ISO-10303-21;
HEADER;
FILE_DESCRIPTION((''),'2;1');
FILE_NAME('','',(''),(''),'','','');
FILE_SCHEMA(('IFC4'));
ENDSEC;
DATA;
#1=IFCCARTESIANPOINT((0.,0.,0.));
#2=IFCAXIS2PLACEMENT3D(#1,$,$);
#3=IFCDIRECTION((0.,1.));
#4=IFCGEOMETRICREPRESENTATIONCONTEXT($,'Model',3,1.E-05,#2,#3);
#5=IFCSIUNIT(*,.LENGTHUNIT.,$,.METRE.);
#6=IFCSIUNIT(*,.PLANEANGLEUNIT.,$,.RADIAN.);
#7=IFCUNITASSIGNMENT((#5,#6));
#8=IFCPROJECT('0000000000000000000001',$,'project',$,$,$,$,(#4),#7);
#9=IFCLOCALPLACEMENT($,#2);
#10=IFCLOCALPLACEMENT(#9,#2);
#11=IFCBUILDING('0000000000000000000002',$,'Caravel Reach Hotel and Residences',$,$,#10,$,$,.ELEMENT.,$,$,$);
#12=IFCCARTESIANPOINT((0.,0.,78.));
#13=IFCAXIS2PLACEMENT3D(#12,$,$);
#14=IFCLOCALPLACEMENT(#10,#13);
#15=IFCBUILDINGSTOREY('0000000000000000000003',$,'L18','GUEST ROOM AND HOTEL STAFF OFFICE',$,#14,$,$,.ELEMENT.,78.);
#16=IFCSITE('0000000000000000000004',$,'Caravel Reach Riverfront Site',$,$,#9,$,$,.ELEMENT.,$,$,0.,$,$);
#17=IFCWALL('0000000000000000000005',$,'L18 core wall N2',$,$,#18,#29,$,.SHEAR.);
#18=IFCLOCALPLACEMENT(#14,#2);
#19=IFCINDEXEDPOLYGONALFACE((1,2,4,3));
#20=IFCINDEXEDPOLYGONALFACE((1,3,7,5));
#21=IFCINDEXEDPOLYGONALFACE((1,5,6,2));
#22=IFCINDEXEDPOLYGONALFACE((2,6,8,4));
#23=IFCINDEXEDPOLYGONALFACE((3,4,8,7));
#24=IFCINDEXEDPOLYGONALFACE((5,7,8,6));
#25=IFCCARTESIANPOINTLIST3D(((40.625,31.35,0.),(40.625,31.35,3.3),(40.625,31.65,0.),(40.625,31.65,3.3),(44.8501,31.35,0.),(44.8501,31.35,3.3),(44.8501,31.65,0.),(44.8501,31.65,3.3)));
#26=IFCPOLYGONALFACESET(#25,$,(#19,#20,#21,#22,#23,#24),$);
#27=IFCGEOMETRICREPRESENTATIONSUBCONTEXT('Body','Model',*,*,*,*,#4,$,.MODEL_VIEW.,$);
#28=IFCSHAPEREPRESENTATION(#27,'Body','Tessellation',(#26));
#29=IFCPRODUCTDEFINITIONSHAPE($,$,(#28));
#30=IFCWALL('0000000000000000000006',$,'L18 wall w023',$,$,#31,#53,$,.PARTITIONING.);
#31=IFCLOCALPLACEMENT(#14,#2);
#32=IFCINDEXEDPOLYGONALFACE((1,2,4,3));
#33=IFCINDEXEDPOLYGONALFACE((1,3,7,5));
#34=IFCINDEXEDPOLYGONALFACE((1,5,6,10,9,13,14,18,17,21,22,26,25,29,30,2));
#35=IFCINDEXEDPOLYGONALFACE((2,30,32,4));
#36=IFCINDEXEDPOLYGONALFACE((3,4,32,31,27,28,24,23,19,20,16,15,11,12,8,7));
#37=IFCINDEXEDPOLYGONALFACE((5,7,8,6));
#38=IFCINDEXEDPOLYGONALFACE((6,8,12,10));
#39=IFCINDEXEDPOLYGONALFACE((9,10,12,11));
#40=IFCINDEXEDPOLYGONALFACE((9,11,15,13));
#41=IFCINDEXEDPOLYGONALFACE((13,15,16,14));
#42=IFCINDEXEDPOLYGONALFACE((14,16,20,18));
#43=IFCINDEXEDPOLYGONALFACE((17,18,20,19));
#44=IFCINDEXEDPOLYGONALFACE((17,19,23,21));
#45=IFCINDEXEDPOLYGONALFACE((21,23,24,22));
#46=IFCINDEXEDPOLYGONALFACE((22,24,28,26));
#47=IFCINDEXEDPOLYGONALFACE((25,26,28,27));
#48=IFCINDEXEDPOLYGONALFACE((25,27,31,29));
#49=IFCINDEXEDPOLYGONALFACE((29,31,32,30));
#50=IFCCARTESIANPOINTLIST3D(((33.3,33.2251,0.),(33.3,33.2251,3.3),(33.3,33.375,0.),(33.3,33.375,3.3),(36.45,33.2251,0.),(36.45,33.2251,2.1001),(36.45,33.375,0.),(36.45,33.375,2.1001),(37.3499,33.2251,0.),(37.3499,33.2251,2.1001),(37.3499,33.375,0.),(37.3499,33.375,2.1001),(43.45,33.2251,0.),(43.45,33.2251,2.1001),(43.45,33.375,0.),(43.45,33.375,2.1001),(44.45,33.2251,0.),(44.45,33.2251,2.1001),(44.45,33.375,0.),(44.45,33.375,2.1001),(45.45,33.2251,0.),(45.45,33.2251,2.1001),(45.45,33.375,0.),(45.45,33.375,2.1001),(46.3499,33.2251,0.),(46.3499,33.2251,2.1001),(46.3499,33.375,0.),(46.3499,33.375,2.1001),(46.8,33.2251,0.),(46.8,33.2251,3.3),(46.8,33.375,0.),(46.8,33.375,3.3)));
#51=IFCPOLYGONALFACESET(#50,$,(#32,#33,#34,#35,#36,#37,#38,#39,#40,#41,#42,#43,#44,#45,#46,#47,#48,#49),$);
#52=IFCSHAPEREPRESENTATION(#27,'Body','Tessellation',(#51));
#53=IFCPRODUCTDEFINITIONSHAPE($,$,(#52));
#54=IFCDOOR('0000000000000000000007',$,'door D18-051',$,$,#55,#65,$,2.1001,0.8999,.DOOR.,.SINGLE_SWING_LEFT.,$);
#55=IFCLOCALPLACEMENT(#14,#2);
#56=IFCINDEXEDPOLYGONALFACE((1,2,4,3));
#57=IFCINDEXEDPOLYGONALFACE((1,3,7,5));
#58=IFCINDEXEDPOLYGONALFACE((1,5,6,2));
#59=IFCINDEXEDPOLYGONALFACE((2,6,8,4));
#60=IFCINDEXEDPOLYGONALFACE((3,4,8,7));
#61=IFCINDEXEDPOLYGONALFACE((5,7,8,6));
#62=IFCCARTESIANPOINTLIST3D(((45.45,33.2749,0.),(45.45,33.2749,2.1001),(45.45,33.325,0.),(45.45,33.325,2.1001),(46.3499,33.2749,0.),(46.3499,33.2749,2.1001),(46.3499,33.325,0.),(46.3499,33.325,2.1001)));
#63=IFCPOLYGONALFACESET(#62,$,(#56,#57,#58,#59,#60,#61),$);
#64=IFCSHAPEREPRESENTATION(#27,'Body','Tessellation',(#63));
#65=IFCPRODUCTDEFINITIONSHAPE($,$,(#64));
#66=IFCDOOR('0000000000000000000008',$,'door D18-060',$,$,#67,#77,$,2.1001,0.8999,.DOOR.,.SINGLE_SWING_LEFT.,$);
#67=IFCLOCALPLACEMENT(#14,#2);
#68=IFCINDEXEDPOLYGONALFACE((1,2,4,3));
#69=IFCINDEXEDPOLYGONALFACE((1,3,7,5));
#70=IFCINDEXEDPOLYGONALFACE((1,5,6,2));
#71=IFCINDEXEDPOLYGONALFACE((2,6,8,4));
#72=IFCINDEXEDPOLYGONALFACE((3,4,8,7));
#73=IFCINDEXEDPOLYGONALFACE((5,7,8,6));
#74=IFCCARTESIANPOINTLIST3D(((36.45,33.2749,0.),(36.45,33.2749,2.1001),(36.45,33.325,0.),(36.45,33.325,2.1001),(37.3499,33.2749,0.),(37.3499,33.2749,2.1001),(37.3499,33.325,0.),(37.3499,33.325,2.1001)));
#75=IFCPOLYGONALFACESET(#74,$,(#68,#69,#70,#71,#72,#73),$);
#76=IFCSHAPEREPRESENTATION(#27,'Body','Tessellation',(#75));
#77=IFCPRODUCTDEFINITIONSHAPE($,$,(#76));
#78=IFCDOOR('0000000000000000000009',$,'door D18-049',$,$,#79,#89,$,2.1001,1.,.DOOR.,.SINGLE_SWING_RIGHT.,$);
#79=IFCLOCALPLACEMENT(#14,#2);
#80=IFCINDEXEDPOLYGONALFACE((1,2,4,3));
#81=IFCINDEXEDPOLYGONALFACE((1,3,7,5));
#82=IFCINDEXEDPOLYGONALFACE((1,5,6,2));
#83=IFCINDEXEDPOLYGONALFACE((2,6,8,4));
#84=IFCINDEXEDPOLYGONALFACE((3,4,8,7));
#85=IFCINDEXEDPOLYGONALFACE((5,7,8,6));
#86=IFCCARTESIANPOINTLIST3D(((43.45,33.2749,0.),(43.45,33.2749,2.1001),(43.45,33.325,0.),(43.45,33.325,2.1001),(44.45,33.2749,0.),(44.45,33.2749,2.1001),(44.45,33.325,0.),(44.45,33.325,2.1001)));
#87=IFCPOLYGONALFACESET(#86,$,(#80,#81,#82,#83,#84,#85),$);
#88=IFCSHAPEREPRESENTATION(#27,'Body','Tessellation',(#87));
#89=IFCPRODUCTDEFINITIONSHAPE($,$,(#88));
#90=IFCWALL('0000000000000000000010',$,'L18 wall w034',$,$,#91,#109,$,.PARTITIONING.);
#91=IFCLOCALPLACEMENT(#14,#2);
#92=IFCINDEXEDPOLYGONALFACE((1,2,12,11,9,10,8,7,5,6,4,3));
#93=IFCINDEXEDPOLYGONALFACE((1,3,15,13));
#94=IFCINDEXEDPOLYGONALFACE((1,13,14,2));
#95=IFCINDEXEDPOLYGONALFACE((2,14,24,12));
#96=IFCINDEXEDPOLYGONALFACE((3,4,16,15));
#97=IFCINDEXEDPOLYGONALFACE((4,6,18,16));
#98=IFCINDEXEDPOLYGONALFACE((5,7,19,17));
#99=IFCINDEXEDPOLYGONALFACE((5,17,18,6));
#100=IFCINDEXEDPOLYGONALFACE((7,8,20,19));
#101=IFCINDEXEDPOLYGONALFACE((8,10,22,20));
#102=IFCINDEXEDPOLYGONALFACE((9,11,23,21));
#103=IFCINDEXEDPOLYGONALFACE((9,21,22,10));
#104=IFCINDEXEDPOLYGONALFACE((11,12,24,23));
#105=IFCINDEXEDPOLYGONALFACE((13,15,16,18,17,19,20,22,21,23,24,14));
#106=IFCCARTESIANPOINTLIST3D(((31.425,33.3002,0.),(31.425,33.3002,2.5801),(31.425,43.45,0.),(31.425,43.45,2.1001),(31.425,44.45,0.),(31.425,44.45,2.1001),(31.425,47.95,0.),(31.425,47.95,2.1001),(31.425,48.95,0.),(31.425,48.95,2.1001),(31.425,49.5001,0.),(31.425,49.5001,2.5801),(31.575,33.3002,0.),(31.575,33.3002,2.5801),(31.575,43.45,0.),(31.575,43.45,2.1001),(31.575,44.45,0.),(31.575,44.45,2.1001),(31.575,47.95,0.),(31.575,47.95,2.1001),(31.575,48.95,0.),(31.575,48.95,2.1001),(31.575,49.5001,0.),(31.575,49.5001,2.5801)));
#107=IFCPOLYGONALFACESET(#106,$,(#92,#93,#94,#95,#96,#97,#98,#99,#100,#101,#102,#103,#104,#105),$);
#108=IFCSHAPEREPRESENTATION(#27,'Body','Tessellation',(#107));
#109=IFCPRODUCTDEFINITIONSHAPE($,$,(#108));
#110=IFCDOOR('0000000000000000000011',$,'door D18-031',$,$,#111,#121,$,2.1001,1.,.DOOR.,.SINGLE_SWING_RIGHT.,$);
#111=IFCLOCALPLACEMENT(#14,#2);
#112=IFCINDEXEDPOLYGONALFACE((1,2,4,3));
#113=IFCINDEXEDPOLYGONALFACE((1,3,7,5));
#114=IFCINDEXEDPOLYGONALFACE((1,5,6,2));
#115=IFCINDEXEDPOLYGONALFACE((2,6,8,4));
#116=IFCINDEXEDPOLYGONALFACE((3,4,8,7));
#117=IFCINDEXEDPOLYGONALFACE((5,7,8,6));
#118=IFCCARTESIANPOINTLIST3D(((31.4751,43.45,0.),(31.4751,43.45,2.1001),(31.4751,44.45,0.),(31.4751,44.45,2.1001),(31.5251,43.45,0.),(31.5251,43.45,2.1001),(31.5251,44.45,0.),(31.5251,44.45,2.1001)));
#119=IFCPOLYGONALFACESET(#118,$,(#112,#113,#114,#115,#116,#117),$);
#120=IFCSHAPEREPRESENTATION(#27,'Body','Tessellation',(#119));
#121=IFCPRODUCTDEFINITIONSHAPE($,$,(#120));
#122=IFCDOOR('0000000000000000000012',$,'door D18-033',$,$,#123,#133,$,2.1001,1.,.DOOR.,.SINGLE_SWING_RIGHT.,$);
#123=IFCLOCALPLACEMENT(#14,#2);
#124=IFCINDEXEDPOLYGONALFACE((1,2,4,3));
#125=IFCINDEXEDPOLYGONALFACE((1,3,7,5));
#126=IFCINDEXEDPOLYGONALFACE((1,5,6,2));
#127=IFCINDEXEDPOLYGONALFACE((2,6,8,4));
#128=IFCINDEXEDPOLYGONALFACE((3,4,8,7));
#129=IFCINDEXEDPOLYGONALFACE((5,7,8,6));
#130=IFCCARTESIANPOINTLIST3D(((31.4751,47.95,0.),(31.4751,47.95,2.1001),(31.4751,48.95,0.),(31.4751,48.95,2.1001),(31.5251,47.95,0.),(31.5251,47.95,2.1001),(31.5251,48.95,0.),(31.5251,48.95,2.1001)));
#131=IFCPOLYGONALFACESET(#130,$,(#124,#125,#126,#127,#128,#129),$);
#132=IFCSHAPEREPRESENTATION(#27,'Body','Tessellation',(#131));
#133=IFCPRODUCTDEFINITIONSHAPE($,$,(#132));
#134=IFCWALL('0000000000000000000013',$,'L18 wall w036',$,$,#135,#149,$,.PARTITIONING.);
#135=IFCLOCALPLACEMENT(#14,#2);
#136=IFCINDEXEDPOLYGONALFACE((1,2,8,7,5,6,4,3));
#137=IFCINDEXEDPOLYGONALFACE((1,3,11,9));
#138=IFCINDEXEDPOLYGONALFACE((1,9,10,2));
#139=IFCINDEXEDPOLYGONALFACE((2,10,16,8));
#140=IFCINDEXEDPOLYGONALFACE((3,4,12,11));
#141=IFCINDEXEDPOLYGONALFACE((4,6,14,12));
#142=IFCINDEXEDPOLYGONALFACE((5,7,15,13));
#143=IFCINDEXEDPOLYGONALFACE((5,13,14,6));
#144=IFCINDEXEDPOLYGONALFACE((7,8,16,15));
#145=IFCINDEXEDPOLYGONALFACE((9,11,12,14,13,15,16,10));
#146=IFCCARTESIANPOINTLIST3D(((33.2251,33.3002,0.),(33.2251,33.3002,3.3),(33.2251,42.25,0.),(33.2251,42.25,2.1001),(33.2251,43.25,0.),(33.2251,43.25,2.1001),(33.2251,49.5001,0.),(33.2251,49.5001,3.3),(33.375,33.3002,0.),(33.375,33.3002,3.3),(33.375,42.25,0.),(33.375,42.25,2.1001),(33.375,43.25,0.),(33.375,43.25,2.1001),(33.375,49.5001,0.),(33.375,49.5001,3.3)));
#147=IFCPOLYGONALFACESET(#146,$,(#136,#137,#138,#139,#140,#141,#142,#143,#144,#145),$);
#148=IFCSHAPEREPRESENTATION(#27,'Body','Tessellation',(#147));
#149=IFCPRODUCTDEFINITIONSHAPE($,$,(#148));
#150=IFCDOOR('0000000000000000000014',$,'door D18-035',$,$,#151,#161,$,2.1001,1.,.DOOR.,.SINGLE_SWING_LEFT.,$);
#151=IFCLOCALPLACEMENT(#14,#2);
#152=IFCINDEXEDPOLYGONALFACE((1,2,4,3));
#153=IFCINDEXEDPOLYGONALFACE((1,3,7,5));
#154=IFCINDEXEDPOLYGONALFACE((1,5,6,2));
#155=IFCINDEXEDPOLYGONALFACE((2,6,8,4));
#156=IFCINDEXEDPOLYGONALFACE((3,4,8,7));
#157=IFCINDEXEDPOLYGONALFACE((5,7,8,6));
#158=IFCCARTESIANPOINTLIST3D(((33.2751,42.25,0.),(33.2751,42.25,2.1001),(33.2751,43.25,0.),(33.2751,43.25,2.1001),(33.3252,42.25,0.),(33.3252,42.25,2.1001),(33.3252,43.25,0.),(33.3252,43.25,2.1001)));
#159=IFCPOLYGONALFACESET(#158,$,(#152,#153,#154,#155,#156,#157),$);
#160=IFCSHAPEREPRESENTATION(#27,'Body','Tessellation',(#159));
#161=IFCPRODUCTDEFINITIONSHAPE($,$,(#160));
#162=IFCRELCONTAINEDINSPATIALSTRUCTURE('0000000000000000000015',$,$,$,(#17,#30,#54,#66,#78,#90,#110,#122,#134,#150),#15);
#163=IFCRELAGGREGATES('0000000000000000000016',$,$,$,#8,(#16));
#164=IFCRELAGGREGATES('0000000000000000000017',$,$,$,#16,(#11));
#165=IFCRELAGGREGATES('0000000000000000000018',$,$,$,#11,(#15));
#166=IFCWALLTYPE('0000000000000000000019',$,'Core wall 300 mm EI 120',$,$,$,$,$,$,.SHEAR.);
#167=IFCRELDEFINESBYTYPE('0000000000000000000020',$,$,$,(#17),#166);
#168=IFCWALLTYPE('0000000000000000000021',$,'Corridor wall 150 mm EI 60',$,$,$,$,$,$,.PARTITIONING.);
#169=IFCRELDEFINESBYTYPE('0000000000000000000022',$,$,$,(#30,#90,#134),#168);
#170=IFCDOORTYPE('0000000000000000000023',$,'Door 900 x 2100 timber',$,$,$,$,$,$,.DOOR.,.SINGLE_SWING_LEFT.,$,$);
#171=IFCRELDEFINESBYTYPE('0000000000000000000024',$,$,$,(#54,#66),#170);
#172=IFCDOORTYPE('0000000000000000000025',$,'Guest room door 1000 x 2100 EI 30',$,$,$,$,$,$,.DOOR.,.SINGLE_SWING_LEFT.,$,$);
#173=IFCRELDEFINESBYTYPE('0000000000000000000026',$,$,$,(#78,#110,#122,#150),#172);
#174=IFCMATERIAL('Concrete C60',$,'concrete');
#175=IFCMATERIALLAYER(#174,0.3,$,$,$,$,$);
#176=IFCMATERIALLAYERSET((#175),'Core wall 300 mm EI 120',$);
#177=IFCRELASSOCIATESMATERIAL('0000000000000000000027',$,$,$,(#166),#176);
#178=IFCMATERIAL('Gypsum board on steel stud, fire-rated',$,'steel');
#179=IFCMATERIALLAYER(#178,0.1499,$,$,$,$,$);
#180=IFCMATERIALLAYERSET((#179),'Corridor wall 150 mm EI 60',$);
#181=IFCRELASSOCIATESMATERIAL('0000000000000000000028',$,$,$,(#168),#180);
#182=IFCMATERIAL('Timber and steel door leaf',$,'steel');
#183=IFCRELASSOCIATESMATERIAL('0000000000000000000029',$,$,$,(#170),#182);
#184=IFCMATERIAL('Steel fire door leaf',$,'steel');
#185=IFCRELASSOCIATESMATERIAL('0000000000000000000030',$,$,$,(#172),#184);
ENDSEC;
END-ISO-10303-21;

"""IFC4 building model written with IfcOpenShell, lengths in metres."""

from ifc_helpers import new_model, si_unit, direction, frame, frame_2d, origin, place, context, subcontext, project, spatial, rectangle, extrude, material, layer, layer_set, type_object, element, fill, save


model = new_model("IFC4")

# Units and contexts
model_context = context("Model", 3, precision=1e-05, world=origin(), true_north=direction((0.0, 1.0)))
body_context = subcontext(model_context, "Body", "Model", "MODEL_VIEW")
ifc_project = project(units=[si_unit("LENGTHUNIT", "METRE"), si_unit("PLANEANGLEUNIT", "RADIAN")], contexts=[model_context])

# Site, building, storey
site_placement = place(None, origin())
site = spatial("IfcSite", under=ifc_project, at=site_placement, Name="Caravel Reach Riverfront Site", CompositionType="ELEMENT", RefElevation=0.0)
building_placement = place(site_placement, origin())
building = spatial("IfcBuilding", under=site, at=building_placement, Name="Caravel Reach Hotel and Residences", CompositionType="ELEMENT")
storey_placement = place(building_placement, frame((0.0, 0.0, 78.0)))
storey = spatial("IfcBuildingStorey", under=building, at=storey_placement, Name="L18", Description="GUEST ROOM AND HOTEL STAFF OFFICE", CompositionType="ELEMENT", Elevation=78.0)

# Wall
ifc_material_1 = material(Name="Concrete C60", Category="concrete")
ifc_layer_1 = layer(ifc_material_1, 0.3)
ifc_layer_set_1 = layer_set([ifc_layer_1], Name="Core wall 300 mm EI 120")
wall_type_1 = type_object("IfcWallType", Name="Core wall 300 mm EI 120", PredefinedType="SHEAR", material=ifc_layer_set_1)
wall_1_placement = place(storey_placement, frame((40.625, 31.5, 0.0), z_axis=(0.0, 0.0, 1.0), x_axis=(1.0, 0.0, 0.0)))
element("IfcWall", 1, at=wall_1_placement, inside=storey, type_object=wall_type_1, Name="L18 core wall N2", PredefinedType="SHEAR", context=body_context, shape_type="SweptSolid", body=[
    extrude(rectangle(XDim=4.2251, YDim=0.3, at=frame_2d((2.1125, 0.0))), origin(), (0.0, 0.0, 1.0), 3.3),
])

# Walls, openings, doors
ifc_material_2 = material(Name="Gypsum board on steel stud, fire-rated", Category="steel")
ifc_layer_2 = layer(ifc_material_2, 0.1499)
ifc_layer_set_2 = layer_set([ifc_layer_2], Name="Corridor wall 150 mm EI 60")
wall_type_2 = type_object("IfcWallType", Name="Corridor wall 150 mm EI 60", PredefinedType="PARTITIONING", material=ifc_layer_set_2)
wall_2_placement = place(storey_placement, frame((33.3, 33.3, 0.0), z_axis=(0.0, 0.0, 1.0), x_axis=(1.0, 0.0, 0.0)))
wall_2 = element("IfcWall", 2, at=wall_2_placement, inside=storey, type_object=wall_type_2, Name="L18 wall w023", PredefinedType="PARTITIONING", context=body_context, shape_type="SweptSolid", body=[
    extrude(rectangle(XDim=13.5, YDim=0.1499, at=frame_2d((6.75, 0.0))), origin(), (0.0, 0.0, 1.0), 3.3),
])
opening_1_placement = place(wall_2_placement, frame((10.1499, 0.0, 0.0)))
opening_1 = element("IfcOpeningElement", 3, at=opening_1_placement, cuts=wall_2, PredefinedType="OPENING", context=body_context, shape_type="SweptSolid", body=[
    extrude(rectangle(XDim=1.0, YDim=2.1001, at=frame_2d((0.5, 1.05))), frame((0.0, 0.085, 0.0), z_axis=(0.0, -1.0, 0.0), x_axis=(1.0, 0.0, 0.0)), (0.0, 0.0, 1.0), 0.1699),
])
opening_2_placement = place(wall_2_placement, frame((12.1499, 0.0, 0.0)))
opening_2 = element("IfcOpeningElement", 4, at=opening_2_placement, cuts=wall_2, PredefinedType="OPENING", context=body_context, shape_type="SweptSolid", body=[
    extrude(rectangle(XDim=0.8999, YDim=2.1001, at=frame_2d((0.45, 1.05))), frame((0.0, 0.085, 0.0), z_axis=(0.0, -1.0, 0.0), x_axis=(1.0, 0.0, 0.0)), (0.0, 0.0, 1.0), 0.1699),
])
opening_3_placement = place(wall_2_placement, frame((3.1499, 0.0, 0.0)))
opening_3 = element("IfcOpeningElement", 5, at=opening_3_placement, cuts=wall_2, PredefinedType="OPENING", context=body_context, shape_type="SweptSolid", body=[
    extrude(rectangle(XDim=0.8999, YDim=2.1001, at=frame_2d((0.45, 1.05))), frame((0.0, 0.085, 0.0), z_axis=(0.0, -1.0, 0.0), x_axis=(1.0, 0.0, 0.0)), (0.0, 0.0, 1.0), 0.1699),
])
ifc_material_3 = material(Name="Timber and steel door leaf", Category="steel")
door_type_1 = type_object("IfcDoorType", Name="Door 900 x 2100 timber", OperationType="SINGLE_SWING_LEFT", PredefinedType="DOOR", material=ifc_material_3)
door_1_placement = place(opening_2_placement, origin())
door_1 = element("IfcDoor", 6, at=door_1_placement, inside=storey, type_object=door_type_1, Name="door D18-051", OperationType="SINGLE_SWING_LEFT", OverallHeight=2.1001, OverallWidth=0.8999, PredefinedType="DOOR", context=body_context, shape_type="SweptSolid", body=[
    extrude(rectangle(XDim=0.8999, YDim=2.1001, at=frame_2d((0.45, 1.05))), frame((0.0, 0.0249, 0.0), z_axis=(0.0, -1.0, 0.0), x_axis=(1.0, 0.0, 0.0)), (0.0, 0.0, 1.0), 0.05),
])
fill(opening_2, door_1)
door_2_placement = place(opening_3_placement, origin())
door_2 = element("IfcDoor", 7, at=door_2_placement, inside=storey, type_object=door_type_1, Name="door D18-060", OperationType="SINGLE_SWING_LEFT", OverallHeight=2.1001, OverallWidth=0.8999, PredefinedType="DOOR", context=body_context, shape_type="SweptSolid", body=[
    extrude(rectangle(XDim=0.8999, YDim=2.1001, at=frame_2d((0.45, 1.05))), frame((0.0, 0.0249, 0.0), z_axis=(0.0, -1.0, 0.0), x_axis=(1.0, 0.0, 0.0)), (0.0, 0.0, 1.0), 0.05),
])
fill(opening_3, door_2)
ifc_material_4 = material(Name="Steel fire door leaf", Category="steel")
door_type_2 = type_object("IfcDoorType", Name="Guest room door 1000 x 2100 EI 30", OperationType="SINGLE_SWING_LEFT", PredefinedType="DOOR", material=ifc_material_4)
door_3_placement = place(opening_1_placement, origin())
door_3 = element("IfcDoor", 8, at=door_3_placement, inside=storey, type_object=door_type_2, Name="door D18-049", OperationType="SINGLE_SWING_RIGHT", OverallHeight=2.1001, OverallWidth=1.0, PredefinedType="DOOR", context=body_context, shape_type="SweptSolid", body=[
    extrude(rectangle(XDim=1.0, YDim=2.1001, at=frame_2d((0.5, 1.05))), frame((0.0, 0.0249, 0.0), z_axis=(0.0, -1.0, 0.0), x_axis=(1.0, 0.0, 0.0)), (0.0, 0.0, 1.0), 0.05),
])
fill(opening_1, door_3)
wall_3_placement = place(storey_placement, frame((31.5, 33.3, 0.0), z_axis=(0.0, 0.0, 1.0), x_axis=(0.0, 1.0, 0.0)))
wall_3 = element("IfcWall", 9, at=wall_3_placement, inside=storey, type_object=wall_type_2, Name="L18 wall w034", PredefinedType="PARTITIONING", context=body_context, shape_type="SweptSolid", body=[
    extrude(rectangle(XDim=16.2, YDim=0.1499, at=frame_2d((8.1001, 0.0))), origin(), (0.0, 0.0, 1.0), 2.5801),
])
opening_4_placement = place(wall_3_placement, frame((10.1499, 0.0, 0.0)))
opening_4 = element("IfcOpeningElement", 10, at=opening_4_placement, cuts=wall_3, PredefinedType="OPENING", context=body_context, shape_type="SweptSolid", body=[
    extrude(rectangle(XDim=1.0, YDim=2.1001, at=frame_2d((0.5, 1.05))), frame((0.0, 0.085, 0.0), z_axis=(0.0, -1.0, 0.0), x_axis=(1.0, 0.0, 0.0)), (0.0, 0.0, 1.0), 0.1699),
])
opening_5_placement = place(wall_3_placement, frame((14.6499, 0.0, 0.0)))
opening_5 = element("IfcOpeningElement", 11, at=opening_5_placement, cuts=wall_3, PredefinedType="OPENING", context=body_context, shape_type="SweptSolid", body=[
    extrude(rectangle(XDim=1.0, YDim=2.1001, at=frame_2d((0.5, 1.05))), frame((0.0, 0.085, 0.0), z_axis=(0.0, -1.0, 0.0), x_axis=(1.0, 0.0, 0.0)), (0.0, 0.0, 1.0), 0.1699),
])
door_4_placement = place(opening_4_placement, origin())
door_4 = element("IfcDoor", 12, at=door_4_placement, inside=storey, type_object=door_type_2, Name="door D18-031", OperationType="SINGLE_SWING_RIGHT", OverallHeight=2.1001, OverallWidth=1.0, PredefinedType="DOOR", context=body_context, shape_type="SweptSolid", body=[
    extrude(rectangle(XDim=1.0, YDim=2.1001, at=frame_2d((0.5, 1.05))), frame((0.0, 0.0249, 0.0), z_axis=(0.0, -1.0, 0.0), x_axis=(1.0, 0.0, 0.0)), (0.0, 0.0, 1.0), 0.05),
])
fill(opening_4, door_4)
door_5_placement = place(opening_5_placement, origin())
door_5 = element("IfcDoor", 13, at=door_5_placement, inside=storey, type_object=door_type_2, Name="door D18-033", OperationType="SINGLE_SWING_RIGHT", OverallHeight=2.1001, OverallWidth=1.0, PredefinedType="DOOR", context=body_context, shape_type="SweptSolid", body=[
    extrude(rectangle(XDim=1.0, YDim=2.1001, at=frame_2d((0.5, 1.05))), frame((0.0, 0.0249, 0.0), z_axis=(0.0, -1.0, 0.0), x_axis=(1.0, 0.0, 0.0)), (0.0, 0.0, 1.0), 0.05),
])
fill(opening_5, door_5)

# Wall, opening, door
wall_4_placement = place(storey_placement, frame((33.3, 33.3, 0.0), z_axis=(0.0, 0.0, 1.0), x_axis=(0.0, 1.0, 0.0)))
wall_4 = element("IfcWall", 14, at=wall_4_placement, inside=storey, type_object=wall_type_2, Name="L18 wall w036", PredefinedType="PARTITIONING", context=body_context, shape_type="SweptSolid", body=[
    extrude(rectangle(XDim=16.2, YDim=0.1499, at=frame_2d((8.1001, 0.0))), origin(), (0.0, 0.0, 1.0), 3.3),
])
opening_6_placement = place(wall_4_placement, frame((8.95, 0.0, 0.0)))
opening_6 = element("IfcOpeningElement", 15, at=opening_6_placement, cuts=wall_4, PredefinedType="OPENING", context=body_context, shape_type="SweptSolid", body=[
    extrude(rectangle(XDim=1.0, YDim=2.1001, at=frame_2d((0.5, 1.05))), frame((0.0, 0.085, 0.0), z_axis=(0.0, -1.0, 0.0), x_axis=(1.0, 0.0, 0.0)), (0.0, 0.0, 1.0), 0.1699),
])
door_6_placement = place(opening_6_placement, origin())
door_6 = element("IfcDoor", 16, at=door_6_placement, inside=storey, type_object=door_type_2, Name="door D18-035", OperationType="SINGLE_SWING_LEFT", OverallHeight=2.1001, OverallWidth=1.0, PredefinedType="DOOR", context=body_context, shape_type="SweptSolid", body=[
    extrude(rectangle(XDim=1.0, YDim=2.1001, at=frame_2d((0.5, 1.05))), frame((0.0, 0.0249, 0.0), z_axis=(0.0, -1.0, 0.0), x_axis=(1.0, 0.0, 0.0)), (0.0, 0.0, 1.0), 0.05),
])
fill(opening_6, door_6)

save(model, "model.ifc")
